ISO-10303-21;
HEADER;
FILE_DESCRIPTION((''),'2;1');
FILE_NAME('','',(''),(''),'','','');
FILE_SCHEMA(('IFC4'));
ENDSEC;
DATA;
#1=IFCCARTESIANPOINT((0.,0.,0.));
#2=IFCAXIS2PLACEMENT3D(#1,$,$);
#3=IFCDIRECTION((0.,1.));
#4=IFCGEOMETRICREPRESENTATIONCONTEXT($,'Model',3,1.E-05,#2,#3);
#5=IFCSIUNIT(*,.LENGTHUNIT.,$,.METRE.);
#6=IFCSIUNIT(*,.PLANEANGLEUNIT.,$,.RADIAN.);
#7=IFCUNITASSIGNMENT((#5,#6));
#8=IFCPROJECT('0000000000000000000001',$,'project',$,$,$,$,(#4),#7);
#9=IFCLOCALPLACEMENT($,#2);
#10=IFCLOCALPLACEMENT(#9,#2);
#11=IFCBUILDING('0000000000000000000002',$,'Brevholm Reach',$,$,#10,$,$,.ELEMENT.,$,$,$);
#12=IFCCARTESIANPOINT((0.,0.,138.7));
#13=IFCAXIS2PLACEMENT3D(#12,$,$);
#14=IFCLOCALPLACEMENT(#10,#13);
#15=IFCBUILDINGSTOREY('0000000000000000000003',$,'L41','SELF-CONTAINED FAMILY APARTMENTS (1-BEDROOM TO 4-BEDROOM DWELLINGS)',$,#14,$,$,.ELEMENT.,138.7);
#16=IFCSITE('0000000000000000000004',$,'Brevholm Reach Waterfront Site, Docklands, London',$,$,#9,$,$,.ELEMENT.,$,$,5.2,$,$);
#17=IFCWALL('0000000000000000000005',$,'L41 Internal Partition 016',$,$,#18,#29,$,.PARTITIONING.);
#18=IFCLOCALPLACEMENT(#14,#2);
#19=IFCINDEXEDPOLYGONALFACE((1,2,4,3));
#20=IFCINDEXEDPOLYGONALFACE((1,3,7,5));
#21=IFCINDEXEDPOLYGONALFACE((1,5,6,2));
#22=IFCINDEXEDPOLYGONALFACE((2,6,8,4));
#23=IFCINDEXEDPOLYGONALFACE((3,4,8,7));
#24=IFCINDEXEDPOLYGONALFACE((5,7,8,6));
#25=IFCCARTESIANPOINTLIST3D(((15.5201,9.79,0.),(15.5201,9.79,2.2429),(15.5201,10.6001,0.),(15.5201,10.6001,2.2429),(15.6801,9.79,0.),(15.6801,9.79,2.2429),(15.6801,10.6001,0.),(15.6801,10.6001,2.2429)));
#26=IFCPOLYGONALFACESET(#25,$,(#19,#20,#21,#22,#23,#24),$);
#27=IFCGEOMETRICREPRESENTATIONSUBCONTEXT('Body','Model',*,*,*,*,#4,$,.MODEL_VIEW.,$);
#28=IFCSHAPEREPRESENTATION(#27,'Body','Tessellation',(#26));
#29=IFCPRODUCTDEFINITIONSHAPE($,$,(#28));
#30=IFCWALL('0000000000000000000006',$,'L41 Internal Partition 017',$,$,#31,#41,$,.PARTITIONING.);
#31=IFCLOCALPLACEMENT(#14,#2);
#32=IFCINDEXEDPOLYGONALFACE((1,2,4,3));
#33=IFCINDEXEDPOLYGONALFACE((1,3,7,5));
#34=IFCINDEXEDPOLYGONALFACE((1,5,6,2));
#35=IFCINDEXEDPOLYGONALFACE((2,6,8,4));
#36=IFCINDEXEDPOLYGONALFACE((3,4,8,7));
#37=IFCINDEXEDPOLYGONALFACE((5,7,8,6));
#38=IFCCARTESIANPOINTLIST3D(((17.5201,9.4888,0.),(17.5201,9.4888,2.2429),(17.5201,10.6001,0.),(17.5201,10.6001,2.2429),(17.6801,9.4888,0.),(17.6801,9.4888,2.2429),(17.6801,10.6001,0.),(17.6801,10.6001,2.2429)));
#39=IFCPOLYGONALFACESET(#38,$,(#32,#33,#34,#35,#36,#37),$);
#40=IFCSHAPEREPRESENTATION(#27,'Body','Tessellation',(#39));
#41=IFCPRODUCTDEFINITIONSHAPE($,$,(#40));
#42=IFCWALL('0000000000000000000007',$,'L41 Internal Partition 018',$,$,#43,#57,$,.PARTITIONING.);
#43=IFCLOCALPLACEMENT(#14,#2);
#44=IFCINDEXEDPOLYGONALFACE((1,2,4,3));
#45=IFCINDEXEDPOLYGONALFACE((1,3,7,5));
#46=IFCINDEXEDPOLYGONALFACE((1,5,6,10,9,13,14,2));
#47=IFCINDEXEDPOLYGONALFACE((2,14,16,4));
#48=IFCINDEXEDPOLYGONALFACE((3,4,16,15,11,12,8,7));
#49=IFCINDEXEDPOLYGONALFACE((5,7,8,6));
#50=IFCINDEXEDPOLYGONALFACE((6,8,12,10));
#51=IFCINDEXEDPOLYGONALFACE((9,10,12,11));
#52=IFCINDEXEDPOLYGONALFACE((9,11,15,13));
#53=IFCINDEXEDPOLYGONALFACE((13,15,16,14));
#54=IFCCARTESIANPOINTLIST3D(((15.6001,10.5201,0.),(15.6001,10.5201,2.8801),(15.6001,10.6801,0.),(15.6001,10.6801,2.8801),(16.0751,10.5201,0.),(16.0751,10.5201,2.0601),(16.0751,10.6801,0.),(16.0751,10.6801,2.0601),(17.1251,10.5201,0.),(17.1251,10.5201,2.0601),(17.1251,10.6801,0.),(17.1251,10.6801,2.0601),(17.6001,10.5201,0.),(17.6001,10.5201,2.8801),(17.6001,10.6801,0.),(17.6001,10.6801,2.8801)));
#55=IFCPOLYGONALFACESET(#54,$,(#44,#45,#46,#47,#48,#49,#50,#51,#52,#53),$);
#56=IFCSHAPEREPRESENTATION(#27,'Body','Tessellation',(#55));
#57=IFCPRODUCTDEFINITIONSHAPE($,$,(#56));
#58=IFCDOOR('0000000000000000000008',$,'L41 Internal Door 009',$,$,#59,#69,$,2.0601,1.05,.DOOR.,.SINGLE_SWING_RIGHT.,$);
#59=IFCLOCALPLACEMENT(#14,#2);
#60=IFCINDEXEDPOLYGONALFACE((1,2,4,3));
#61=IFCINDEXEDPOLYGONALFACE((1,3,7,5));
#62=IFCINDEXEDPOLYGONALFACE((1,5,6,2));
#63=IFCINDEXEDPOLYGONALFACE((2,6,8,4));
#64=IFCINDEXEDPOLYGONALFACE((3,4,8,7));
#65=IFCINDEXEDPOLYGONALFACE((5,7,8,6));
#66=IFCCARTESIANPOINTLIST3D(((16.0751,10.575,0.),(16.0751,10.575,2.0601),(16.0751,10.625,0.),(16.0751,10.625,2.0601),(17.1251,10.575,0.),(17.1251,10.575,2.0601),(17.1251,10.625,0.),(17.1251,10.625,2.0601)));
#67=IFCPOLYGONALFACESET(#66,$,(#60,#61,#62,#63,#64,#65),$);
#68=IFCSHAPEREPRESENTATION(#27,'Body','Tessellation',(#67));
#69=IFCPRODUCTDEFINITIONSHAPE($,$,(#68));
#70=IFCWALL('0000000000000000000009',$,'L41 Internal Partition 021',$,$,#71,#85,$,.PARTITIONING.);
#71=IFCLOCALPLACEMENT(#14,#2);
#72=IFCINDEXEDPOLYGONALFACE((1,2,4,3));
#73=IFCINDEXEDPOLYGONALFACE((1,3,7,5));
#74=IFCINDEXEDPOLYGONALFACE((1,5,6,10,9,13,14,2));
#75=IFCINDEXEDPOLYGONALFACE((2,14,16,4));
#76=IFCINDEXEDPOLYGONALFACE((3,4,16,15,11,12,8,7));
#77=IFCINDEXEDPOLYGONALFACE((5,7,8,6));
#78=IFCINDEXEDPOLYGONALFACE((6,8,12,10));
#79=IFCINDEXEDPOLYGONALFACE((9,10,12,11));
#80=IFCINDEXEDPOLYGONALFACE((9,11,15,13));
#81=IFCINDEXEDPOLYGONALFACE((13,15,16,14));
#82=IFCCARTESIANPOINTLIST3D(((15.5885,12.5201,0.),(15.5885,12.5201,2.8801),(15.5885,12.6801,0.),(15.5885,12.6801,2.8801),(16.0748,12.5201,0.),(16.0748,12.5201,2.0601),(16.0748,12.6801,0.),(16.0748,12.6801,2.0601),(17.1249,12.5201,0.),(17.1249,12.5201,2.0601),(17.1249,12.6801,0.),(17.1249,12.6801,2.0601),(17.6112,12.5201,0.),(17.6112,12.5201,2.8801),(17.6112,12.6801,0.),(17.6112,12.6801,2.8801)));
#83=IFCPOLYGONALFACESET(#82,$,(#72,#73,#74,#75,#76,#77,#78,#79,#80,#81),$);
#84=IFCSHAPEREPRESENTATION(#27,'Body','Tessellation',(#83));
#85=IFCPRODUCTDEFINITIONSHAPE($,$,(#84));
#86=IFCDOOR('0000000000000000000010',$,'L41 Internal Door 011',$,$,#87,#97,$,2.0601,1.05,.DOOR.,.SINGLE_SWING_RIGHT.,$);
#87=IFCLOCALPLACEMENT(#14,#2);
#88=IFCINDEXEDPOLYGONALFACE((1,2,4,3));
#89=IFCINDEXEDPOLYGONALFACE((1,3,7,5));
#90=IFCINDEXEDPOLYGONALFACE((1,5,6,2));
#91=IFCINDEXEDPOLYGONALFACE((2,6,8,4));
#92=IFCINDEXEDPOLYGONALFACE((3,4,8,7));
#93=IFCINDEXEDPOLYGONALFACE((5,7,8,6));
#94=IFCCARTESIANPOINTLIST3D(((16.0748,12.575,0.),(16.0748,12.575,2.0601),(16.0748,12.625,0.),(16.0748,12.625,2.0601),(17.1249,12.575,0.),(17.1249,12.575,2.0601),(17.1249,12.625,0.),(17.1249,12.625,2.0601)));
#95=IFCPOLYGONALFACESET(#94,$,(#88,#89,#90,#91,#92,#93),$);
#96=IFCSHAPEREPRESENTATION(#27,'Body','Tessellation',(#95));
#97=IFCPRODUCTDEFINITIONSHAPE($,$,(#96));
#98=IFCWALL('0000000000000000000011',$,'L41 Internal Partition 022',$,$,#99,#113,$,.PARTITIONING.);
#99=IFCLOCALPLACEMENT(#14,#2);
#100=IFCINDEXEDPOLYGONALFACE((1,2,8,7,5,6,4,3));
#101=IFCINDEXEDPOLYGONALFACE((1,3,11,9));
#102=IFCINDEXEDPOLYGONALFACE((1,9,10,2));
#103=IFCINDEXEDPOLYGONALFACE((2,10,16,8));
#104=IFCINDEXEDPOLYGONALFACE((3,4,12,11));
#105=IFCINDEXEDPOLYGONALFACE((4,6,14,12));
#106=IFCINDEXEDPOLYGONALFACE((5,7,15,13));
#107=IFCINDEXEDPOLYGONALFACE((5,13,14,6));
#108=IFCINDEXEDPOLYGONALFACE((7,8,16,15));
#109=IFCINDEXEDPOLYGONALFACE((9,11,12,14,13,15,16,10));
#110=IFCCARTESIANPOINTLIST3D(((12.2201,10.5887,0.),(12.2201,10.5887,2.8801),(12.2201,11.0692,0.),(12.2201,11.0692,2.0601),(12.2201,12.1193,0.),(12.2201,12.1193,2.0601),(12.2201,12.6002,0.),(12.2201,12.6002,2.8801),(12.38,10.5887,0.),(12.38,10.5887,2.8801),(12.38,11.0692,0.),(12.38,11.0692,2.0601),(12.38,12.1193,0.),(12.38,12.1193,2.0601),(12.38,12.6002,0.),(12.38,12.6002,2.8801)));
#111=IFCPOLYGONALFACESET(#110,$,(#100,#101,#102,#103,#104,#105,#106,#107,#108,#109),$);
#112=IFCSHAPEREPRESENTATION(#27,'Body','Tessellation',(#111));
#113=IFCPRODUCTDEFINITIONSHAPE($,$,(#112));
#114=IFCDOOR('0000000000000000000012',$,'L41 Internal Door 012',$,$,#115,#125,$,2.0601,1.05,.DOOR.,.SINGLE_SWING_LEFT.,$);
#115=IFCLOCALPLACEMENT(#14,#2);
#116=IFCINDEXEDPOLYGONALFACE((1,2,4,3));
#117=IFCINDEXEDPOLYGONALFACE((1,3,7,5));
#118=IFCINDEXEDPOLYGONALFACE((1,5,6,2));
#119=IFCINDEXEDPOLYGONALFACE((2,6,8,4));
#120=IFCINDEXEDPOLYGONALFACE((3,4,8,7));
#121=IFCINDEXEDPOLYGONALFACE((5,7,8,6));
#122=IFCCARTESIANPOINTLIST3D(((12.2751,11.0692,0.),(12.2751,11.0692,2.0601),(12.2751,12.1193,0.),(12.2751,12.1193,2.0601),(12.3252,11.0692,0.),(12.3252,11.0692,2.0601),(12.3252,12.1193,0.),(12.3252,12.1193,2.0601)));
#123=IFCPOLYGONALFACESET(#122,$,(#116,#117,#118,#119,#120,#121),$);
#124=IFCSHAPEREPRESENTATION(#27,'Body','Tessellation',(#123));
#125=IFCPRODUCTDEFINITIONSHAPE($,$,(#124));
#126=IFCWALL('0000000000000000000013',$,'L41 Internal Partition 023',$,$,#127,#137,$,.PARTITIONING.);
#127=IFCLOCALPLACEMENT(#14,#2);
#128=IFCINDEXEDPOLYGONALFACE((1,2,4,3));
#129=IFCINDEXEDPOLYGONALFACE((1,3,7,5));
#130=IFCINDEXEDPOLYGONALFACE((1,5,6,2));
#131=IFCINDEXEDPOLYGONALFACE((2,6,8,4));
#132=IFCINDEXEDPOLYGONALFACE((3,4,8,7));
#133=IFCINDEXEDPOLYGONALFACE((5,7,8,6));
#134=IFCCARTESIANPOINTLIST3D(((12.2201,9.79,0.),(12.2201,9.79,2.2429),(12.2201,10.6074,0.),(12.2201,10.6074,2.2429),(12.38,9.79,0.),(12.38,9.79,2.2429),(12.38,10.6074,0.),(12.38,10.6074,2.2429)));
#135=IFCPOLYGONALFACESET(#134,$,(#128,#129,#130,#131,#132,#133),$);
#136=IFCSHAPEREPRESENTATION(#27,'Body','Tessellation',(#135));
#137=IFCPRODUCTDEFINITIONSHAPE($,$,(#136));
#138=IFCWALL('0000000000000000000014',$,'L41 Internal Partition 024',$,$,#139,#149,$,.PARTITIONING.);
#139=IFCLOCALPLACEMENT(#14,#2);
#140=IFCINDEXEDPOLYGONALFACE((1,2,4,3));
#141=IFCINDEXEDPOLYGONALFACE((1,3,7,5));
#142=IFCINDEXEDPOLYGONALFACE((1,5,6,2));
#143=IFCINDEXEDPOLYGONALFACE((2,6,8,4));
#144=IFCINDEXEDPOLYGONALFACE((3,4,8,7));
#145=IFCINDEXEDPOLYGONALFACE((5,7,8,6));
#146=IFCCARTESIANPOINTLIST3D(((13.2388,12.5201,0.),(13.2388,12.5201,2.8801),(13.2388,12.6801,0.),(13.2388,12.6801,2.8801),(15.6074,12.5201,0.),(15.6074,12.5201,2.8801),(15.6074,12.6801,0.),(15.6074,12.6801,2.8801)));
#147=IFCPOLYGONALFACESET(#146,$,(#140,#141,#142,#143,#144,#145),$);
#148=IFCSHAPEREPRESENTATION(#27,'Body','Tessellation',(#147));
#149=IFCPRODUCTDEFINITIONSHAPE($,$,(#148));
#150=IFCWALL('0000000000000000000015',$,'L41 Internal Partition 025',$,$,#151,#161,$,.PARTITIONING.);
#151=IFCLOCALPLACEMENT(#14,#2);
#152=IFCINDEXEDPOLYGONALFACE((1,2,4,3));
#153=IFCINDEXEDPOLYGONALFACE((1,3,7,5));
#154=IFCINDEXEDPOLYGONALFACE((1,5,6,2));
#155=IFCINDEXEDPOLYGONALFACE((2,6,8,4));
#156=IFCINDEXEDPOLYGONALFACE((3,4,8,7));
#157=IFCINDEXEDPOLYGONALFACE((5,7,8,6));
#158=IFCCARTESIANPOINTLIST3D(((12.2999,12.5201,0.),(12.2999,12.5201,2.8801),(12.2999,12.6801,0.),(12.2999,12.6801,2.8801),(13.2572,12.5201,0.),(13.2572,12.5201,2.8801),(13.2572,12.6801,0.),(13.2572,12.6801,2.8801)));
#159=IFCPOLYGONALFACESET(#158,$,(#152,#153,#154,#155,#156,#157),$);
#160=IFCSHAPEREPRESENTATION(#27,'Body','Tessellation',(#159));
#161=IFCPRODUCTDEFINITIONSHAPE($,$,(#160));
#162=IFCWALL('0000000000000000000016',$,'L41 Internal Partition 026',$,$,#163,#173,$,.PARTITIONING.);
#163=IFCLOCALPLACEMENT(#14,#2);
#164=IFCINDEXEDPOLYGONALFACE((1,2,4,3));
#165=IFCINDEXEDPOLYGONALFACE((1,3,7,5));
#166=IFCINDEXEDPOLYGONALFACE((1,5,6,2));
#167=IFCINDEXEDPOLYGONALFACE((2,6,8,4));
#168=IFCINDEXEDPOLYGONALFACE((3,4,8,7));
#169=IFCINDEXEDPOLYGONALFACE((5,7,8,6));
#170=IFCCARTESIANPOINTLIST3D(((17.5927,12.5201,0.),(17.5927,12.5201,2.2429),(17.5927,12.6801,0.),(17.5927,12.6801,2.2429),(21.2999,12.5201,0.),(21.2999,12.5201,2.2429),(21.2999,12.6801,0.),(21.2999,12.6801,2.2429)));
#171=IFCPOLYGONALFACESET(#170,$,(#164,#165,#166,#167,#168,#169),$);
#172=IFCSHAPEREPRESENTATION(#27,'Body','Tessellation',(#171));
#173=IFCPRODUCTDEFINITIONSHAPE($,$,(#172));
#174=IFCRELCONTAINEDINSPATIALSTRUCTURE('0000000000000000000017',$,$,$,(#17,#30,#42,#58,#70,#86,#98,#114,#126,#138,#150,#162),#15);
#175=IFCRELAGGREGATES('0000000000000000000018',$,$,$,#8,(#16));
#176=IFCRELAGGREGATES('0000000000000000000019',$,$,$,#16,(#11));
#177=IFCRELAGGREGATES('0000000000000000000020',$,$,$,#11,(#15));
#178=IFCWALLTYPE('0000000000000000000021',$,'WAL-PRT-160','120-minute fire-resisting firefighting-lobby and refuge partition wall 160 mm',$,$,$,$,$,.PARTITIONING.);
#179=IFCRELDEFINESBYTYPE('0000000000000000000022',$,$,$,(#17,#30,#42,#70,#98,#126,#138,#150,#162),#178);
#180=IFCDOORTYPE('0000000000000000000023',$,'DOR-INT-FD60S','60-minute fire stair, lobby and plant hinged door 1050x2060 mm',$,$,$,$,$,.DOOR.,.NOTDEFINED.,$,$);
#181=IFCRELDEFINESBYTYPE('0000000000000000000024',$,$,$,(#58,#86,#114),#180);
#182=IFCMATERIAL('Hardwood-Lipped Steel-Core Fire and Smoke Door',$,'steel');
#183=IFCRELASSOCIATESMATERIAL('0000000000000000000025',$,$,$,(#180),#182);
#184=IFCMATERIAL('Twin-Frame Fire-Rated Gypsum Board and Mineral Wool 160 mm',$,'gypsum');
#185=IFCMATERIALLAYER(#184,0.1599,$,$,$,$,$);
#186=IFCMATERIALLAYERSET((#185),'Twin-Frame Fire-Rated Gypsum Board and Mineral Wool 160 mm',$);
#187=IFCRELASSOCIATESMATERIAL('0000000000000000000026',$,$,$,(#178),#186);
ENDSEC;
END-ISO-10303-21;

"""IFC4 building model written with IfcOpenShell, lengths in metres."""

from ifc_helpers import new_model, si_unit, direction, frame, frame_2d, origin, place, context, subcontext, project, spatial, rectangle, extrude, material, layer, layer_set, type_object, element, fill, save


model = new_model("IFC4")

# Units and contexts
model_context = context("Model", 3, precision=1e-05, world=origin(), true_north=direction((0.0, 1.0)))
body_context = subcontext(model_context, "Body", "Model", "MODEL_VIEW")
ifc_project = project(units=[si_unit("LENGTHUNIT", "METRE"), si_unit("PLANEANGLEUNIT", "RADIAN")], contexts=[model_context])

# Site, building, storey
site_placement = place(None, origin())
site = spatial("IfcSite", under=ifc_project, at=site_placement, Name="Brevholm Reach Waterfront Site, Docklands, London", CompositionType="ELEMENT", RefElevation=5.2)
building_placement = place(site_placement, origin())
building = spatial("IfcBuilding", under=site, at=building_placement, Name="Brevholm Reach", CompositionType="ELEMENT")
storey_placement = place(building_placement, frame((0.0, 0.0, 138.7)))
storey = spatial("IfcBuildingStorey", under=building, at=storey_placement, Name="L41", Description="SELF-CONTAINED FAMILY APARTMENTS (1-BEDROOM TO 4-BEDROOM DWELLINGS)", CompositionType="ELEMENT", Elevation=138.7)

# Shared definitions
ifc_material_1 = material(Name="Hardwood-Lipped Steel-Core Fire and Smoke Door", Category="steel")
door_type_1 = type_object("IfcDoorType", Name="DOR-INT-FD60S", Description="60-minute fire stair, lobby and plant hinged door 1050x2060 mm", OperationType="NOTDEFINED", PredefinedType="DOOR", material=ifc_material_1)

# Walls
ifc_material_2 = material(Name="Twin-Frame Fire-Rated Gypsum Board and Mineral Wool 160 mm", Category="gypsum")
ifc_layer_1 = layer(ifc_material_2, 0.1599)
ifc_layer_set_1 = layer_set([ifc_layer_1], Name="Twin-Frame Fire-Rated Gypsum Board and Mineral Wool 160 mm")
wall_type_1 = type_object("IfcWallType", Name="WAL-PRT-160", Description="120-minute fire-resisting firefighting-lobby and refuge partition wall 160 mm", PredefinedType="PARTITIONING", material=ifc_layer_set_1)
wall_1_placement = place(storey_placement, frame((15.6001, 9.79, 0.0), z_axis=(0.0, 0.0, 1.0), x_axis=(0.0, 1.0, 0.0)))
element("IfcWall", 1, at=wall_1_placement, inside=storey, type_object=wall_type_1, Name="L41 Internal Partition 016", PredefinedType="PARTITIONING", context=body_context, shape_type="SweptSolid", body=[
    extrude(rectangle(XDim=0.8101, YDim=0.1599, at=frame_2d((0.405, 0.0))), origin(), (0.0, 0.0, 1.0), 2.2429),
])
wall_2_placement = place(storey_placement, frame((17.6001, 9.4888, 0.0), z_axis=(0.0, 0.0, 1.0), x_axis=(0.0, 1.0, 0.0)))
element("IfcWall", 2, at=wall_2_placement, inside=storey, type_object=wall_type_1, Name="L41 Internal Partition 017", PredefinedType="PARTITIONING", context=body_context, shape_type="SweptSolid", body=[
    extrude(rectangle(XDim=1.1113, YDim=0.1599, at=frame_2d((0.5557, 0.0))), origin(), (0.0, 0.0, 1.0), 2.2429),
])

# Walls, openings, doors
wall_3_placement = place(storey_placement, frame((15.6001, 10.6001, 0.0), z_axis=(0.0, 0.0, 1.0), x_axis=(1.0, 0.0, 0.0)))
wall_3 = element("IfcWall", 3, at=wall_3_placement, inside=storey, type_object=wall_type_1, Name="L41 Internal Partition 018", PredefinedType="PARTITIONING", context=body_context, shape_type="SweptSolid", body=[
    extrude(rectangle(XDim=2.0, YDim=0.1599, at=frame_2d((1.0, 0.0))), origin(), (0.0, 0.0, 1.0), 2.8801),
])
opening_1_placement = place(wall_3_placement, frame((0.4751, 0.0, 0.0)))
opening_1 = element("IfcOpeningElement", 4, at=opening_1_placement, cuts=wall_3, PredefinedType="OPENING", context=body_context, shape_type="SweptSolid", body=[
    extrude(rectangle(XDim=1.05, YDim=2.0601, at=frame_2d((0.5249, 1.03))), frame((0.0, 0.0898, 0.0), z_axis=(0.0, -1.0, 0.0), x_axis=(1.0, 0.0, 0.0)), (0.0, 0.0, 1.0), 0.1799),
])
door_1_placement = place(opening_1_placement, origin())
door_1 = element("IfcDoor", 5, at=door_1_placement, inside=storey, type_object=door_type_1, Name="L41 Internal Door 009", OperationType="SINGLE_SWING_RIGHT", OverallHeight=2.0601, OverallWidth=1.05, PredefinedType="DOOR", context=body_context, shape_type="SweptSolid", body=[
    extrude(rectangle(XDim=1.05, YDim=2.0601, at=frame_2d((0.5249, 1.03))), frame((0.0, 0.0249, 0.0), z_axis=(0.0, -1.0, 0.0), x_axis=(1.0, 0.0, 0.0)), (0.0, 0.0, 1.0), 0.05),
])
fill(opening_1, door_1)
wall_4_placement = place(storey_placement, frame((15.5886, 12.6001, 0.0), z_axis=(0.0, 0.0, 1.0), x_axis=(1.0, 0.0, 0.0)))
wall_4 = element("IfcWall", 6, at=wall_4_placement, inside=storey, type_object=wall_type_1, Name="L41 Internal Partition 021", PredefinedType="PARTITIONING", context=body_context, shape_type="SweptSolid", body=[
    extrude(rectangle(XDim=2.0227, YDim=0.1599, at=frame_2d((1.0112, 0.0))), origin(), (0.0, 0.0, 1.0), 2.8801),
])
opening_2_placement = place(wall_4_placement, frame((0.4863, 0.0, 0.0)))
opening_2 = element("IfcOpeningElement", 7, at=opening_2_placement, cuts=wall_4, PredefinedType="OPENING", context=body_context, shape_type="SweptSolid", body=[
    extrude(rectangle(XDim=1.05, YDim=2.0601, at=frame_2d((0.5249, 1.03))), frame((0.0, 0.0898, 0.0), z_axis=(0.0, -1.0, 0.0), x_axis=(1.0, 0.0, 0.0)), (0.0, 0.0, 1.0), 0.1799),
])
door_2_placement = place(opening_2_placement, origin())
door_2 = element("IfcDoor", 8, at=door_2_placement, inside=storey, type_object=door_type_1, Name="L41 Internal Door 011", OperationType="SINGLE_SWING_RIGHT", OverallHeight=2.0601, OverallWidth=1.05, PredefinedType="DOOR", context=body_context, shape_type="SweptSolid", body=[
    extrude(rectangle(XDim=1.05, YDim=2.0601, at=frame_2d((0.5249, 1.03))), frame((0.0, 0.0249, 0.0), z_axis=(0.0, -1.0, 0.0), x_axis=(1.0, 0.0, 0.0)), (0.0, 0.0, 1.0), 0.05),
])
fill(opening_2, door_2)
wall_5_placement = place(storey_placement, frame((12.3, 10.5886, 0.0), z_axis=(0.0, 0.0, 1.0), x_axis=(0.0, 1.0, 0.0)))
wall_5 = element("IfcWall", 9, at=wall_5_placement, inside=storey, type_object=wall_type_1, Name="L41 Internal Partition 022", PredefinedType="PARTITIONING", context=body_context, shape_type="SweptSolid", body=[
    extrude(rectangle(XDim=2.0115, YDim=0.1599, at=frame_2d((1.0059, 0.0))), origin(), (0.0, 0.0, 1.0), 2.8801),
])
opening_3_placement = place(wall_5_placement, frame((0.4807, 0.0, 0.0)))
opening_3 = element("IfcOpeningElement", 10, at=opening_3_placement, cuts=wall_5, PredefinedType="OPENING", context=body_context, shape_type="SweptSolid", body=[
    extrude(rectangle(XDim=1.05, YDim=2.0601, at=frame_2d((0.5249, 1.03))), frame((0.0, 0.0898, 0.0), z_axis=(0.0, -1.0, 0.0), x_axis=(1.0, 0.0, 0.0)), (0.0, 0.0, 1.0), 0.1799),
])
door_3_placement = place(opening_3_placement, origin())
door_3 = element("IfcDoor", 11, at=door_3_placement, inside=storey, type_object=door_type_1, Name="L41 Internal Door 012", OperationType="SINGLE_SWING_LEFT", OverallHeight=2.0601, OverallWidth=1.05, PredefinedType="DOOR", context=body_context, shape_type="SweptSolid", body=[
    extrude(rectangle(XDim=1.05, YDim=2.0601, at=frame_2d((0.5249, 1.03))), frame((0.0, 0.0249, 0.0), z_axis=(0.0, -1.0, 0.0), x_axis=(1.0, 0.0, 0.0)), (0.0, 0.0, 1.0), 0.05),
])
fill(opening_3, door_3)

# Walls
wall_6_placement = place(storey_placement, frame((12.3, 9.79, 0.0), z_axis=(0.0, 0.0, 1.0), x_axis=(0.0, 1.0, 0.0)))
element("IfcWall", 12, at=wall_6_placement, inside=storey, type_object=wall_type_1, Name="L41 Internal Partition 023", PredefinedType="PARTITIONING", context=body_context, shape_type="SweptSolid", body=[
    extrude(rectangle(XDim=0.8174, YDim=0.1599, at=frame_2d((0.4087, 0.0))), origin(), (0.0, 0.0, 1.0), 2.2429),
])
wall_7_placement = place(storey_placement, frame((13.2388, 12.6001, 0.0), z_axis=(0.0, 0.0, 1.0), x_axis=(1.0, 0.0, 0.0)))
element("IfcWall", 13, at=wall_7_placement, inside=storey, type_object=wall_type_1, Name="L41 Internal Partition 024", PredefinedType="PARTITIONING", context=body_context, shape_type="SweptSolid", body=[
    extrude(rectangle(XDim=2.3687, YDim=0.1599, at=frame_2d((1.1843, 0.0))), origin(), (0.0, 0.0, 1.0), 2.8801),
])
wall_8_placement = place(storey_placement, frame((12.3, 12.6001, 0.0), z_axis=(0.0, 0.0, 1.0), x_axis=(1.0, 0.0, 0.0)))
element("IfcWall", 14, at=wall_8_placement, inside=storey, type_object=wall_type_1, Name="L41 Internal Partition 025", PredefinedType="PARTITIONING", context=body_context, shape_type="SweptSolid", body=[
    extrude(rectangle(XDim=0.9573, YDim=0.1599, at=frame_2d((0.4785, 0.0))), origin(), (0.0, 0.0, 1.0), 2.8801),
])
wall_9_placement = place(storey_placement, frame((17.5928, 12.6001, 0.0), z_axis=(0.0, 0.0, 1.0), x_axis=(1.0, 0.0, 0.0)))
element("IfcWall", 15, at=wall_9_placement, inside=storey, type_object=wall_type_1, Name="L41 Internal Partition 026", PredefinedType="PARTITIONING", context=body_context, shape_type="SweptSolid", body=[
    extrude(rectangle(XDim=3.7073, YDim=0.1599, at=frame_2d((1.8535, 0.0))), origin(), (0.0, 0.0, 1.0), 2.2429),
])

save(model, "model.ifc")
